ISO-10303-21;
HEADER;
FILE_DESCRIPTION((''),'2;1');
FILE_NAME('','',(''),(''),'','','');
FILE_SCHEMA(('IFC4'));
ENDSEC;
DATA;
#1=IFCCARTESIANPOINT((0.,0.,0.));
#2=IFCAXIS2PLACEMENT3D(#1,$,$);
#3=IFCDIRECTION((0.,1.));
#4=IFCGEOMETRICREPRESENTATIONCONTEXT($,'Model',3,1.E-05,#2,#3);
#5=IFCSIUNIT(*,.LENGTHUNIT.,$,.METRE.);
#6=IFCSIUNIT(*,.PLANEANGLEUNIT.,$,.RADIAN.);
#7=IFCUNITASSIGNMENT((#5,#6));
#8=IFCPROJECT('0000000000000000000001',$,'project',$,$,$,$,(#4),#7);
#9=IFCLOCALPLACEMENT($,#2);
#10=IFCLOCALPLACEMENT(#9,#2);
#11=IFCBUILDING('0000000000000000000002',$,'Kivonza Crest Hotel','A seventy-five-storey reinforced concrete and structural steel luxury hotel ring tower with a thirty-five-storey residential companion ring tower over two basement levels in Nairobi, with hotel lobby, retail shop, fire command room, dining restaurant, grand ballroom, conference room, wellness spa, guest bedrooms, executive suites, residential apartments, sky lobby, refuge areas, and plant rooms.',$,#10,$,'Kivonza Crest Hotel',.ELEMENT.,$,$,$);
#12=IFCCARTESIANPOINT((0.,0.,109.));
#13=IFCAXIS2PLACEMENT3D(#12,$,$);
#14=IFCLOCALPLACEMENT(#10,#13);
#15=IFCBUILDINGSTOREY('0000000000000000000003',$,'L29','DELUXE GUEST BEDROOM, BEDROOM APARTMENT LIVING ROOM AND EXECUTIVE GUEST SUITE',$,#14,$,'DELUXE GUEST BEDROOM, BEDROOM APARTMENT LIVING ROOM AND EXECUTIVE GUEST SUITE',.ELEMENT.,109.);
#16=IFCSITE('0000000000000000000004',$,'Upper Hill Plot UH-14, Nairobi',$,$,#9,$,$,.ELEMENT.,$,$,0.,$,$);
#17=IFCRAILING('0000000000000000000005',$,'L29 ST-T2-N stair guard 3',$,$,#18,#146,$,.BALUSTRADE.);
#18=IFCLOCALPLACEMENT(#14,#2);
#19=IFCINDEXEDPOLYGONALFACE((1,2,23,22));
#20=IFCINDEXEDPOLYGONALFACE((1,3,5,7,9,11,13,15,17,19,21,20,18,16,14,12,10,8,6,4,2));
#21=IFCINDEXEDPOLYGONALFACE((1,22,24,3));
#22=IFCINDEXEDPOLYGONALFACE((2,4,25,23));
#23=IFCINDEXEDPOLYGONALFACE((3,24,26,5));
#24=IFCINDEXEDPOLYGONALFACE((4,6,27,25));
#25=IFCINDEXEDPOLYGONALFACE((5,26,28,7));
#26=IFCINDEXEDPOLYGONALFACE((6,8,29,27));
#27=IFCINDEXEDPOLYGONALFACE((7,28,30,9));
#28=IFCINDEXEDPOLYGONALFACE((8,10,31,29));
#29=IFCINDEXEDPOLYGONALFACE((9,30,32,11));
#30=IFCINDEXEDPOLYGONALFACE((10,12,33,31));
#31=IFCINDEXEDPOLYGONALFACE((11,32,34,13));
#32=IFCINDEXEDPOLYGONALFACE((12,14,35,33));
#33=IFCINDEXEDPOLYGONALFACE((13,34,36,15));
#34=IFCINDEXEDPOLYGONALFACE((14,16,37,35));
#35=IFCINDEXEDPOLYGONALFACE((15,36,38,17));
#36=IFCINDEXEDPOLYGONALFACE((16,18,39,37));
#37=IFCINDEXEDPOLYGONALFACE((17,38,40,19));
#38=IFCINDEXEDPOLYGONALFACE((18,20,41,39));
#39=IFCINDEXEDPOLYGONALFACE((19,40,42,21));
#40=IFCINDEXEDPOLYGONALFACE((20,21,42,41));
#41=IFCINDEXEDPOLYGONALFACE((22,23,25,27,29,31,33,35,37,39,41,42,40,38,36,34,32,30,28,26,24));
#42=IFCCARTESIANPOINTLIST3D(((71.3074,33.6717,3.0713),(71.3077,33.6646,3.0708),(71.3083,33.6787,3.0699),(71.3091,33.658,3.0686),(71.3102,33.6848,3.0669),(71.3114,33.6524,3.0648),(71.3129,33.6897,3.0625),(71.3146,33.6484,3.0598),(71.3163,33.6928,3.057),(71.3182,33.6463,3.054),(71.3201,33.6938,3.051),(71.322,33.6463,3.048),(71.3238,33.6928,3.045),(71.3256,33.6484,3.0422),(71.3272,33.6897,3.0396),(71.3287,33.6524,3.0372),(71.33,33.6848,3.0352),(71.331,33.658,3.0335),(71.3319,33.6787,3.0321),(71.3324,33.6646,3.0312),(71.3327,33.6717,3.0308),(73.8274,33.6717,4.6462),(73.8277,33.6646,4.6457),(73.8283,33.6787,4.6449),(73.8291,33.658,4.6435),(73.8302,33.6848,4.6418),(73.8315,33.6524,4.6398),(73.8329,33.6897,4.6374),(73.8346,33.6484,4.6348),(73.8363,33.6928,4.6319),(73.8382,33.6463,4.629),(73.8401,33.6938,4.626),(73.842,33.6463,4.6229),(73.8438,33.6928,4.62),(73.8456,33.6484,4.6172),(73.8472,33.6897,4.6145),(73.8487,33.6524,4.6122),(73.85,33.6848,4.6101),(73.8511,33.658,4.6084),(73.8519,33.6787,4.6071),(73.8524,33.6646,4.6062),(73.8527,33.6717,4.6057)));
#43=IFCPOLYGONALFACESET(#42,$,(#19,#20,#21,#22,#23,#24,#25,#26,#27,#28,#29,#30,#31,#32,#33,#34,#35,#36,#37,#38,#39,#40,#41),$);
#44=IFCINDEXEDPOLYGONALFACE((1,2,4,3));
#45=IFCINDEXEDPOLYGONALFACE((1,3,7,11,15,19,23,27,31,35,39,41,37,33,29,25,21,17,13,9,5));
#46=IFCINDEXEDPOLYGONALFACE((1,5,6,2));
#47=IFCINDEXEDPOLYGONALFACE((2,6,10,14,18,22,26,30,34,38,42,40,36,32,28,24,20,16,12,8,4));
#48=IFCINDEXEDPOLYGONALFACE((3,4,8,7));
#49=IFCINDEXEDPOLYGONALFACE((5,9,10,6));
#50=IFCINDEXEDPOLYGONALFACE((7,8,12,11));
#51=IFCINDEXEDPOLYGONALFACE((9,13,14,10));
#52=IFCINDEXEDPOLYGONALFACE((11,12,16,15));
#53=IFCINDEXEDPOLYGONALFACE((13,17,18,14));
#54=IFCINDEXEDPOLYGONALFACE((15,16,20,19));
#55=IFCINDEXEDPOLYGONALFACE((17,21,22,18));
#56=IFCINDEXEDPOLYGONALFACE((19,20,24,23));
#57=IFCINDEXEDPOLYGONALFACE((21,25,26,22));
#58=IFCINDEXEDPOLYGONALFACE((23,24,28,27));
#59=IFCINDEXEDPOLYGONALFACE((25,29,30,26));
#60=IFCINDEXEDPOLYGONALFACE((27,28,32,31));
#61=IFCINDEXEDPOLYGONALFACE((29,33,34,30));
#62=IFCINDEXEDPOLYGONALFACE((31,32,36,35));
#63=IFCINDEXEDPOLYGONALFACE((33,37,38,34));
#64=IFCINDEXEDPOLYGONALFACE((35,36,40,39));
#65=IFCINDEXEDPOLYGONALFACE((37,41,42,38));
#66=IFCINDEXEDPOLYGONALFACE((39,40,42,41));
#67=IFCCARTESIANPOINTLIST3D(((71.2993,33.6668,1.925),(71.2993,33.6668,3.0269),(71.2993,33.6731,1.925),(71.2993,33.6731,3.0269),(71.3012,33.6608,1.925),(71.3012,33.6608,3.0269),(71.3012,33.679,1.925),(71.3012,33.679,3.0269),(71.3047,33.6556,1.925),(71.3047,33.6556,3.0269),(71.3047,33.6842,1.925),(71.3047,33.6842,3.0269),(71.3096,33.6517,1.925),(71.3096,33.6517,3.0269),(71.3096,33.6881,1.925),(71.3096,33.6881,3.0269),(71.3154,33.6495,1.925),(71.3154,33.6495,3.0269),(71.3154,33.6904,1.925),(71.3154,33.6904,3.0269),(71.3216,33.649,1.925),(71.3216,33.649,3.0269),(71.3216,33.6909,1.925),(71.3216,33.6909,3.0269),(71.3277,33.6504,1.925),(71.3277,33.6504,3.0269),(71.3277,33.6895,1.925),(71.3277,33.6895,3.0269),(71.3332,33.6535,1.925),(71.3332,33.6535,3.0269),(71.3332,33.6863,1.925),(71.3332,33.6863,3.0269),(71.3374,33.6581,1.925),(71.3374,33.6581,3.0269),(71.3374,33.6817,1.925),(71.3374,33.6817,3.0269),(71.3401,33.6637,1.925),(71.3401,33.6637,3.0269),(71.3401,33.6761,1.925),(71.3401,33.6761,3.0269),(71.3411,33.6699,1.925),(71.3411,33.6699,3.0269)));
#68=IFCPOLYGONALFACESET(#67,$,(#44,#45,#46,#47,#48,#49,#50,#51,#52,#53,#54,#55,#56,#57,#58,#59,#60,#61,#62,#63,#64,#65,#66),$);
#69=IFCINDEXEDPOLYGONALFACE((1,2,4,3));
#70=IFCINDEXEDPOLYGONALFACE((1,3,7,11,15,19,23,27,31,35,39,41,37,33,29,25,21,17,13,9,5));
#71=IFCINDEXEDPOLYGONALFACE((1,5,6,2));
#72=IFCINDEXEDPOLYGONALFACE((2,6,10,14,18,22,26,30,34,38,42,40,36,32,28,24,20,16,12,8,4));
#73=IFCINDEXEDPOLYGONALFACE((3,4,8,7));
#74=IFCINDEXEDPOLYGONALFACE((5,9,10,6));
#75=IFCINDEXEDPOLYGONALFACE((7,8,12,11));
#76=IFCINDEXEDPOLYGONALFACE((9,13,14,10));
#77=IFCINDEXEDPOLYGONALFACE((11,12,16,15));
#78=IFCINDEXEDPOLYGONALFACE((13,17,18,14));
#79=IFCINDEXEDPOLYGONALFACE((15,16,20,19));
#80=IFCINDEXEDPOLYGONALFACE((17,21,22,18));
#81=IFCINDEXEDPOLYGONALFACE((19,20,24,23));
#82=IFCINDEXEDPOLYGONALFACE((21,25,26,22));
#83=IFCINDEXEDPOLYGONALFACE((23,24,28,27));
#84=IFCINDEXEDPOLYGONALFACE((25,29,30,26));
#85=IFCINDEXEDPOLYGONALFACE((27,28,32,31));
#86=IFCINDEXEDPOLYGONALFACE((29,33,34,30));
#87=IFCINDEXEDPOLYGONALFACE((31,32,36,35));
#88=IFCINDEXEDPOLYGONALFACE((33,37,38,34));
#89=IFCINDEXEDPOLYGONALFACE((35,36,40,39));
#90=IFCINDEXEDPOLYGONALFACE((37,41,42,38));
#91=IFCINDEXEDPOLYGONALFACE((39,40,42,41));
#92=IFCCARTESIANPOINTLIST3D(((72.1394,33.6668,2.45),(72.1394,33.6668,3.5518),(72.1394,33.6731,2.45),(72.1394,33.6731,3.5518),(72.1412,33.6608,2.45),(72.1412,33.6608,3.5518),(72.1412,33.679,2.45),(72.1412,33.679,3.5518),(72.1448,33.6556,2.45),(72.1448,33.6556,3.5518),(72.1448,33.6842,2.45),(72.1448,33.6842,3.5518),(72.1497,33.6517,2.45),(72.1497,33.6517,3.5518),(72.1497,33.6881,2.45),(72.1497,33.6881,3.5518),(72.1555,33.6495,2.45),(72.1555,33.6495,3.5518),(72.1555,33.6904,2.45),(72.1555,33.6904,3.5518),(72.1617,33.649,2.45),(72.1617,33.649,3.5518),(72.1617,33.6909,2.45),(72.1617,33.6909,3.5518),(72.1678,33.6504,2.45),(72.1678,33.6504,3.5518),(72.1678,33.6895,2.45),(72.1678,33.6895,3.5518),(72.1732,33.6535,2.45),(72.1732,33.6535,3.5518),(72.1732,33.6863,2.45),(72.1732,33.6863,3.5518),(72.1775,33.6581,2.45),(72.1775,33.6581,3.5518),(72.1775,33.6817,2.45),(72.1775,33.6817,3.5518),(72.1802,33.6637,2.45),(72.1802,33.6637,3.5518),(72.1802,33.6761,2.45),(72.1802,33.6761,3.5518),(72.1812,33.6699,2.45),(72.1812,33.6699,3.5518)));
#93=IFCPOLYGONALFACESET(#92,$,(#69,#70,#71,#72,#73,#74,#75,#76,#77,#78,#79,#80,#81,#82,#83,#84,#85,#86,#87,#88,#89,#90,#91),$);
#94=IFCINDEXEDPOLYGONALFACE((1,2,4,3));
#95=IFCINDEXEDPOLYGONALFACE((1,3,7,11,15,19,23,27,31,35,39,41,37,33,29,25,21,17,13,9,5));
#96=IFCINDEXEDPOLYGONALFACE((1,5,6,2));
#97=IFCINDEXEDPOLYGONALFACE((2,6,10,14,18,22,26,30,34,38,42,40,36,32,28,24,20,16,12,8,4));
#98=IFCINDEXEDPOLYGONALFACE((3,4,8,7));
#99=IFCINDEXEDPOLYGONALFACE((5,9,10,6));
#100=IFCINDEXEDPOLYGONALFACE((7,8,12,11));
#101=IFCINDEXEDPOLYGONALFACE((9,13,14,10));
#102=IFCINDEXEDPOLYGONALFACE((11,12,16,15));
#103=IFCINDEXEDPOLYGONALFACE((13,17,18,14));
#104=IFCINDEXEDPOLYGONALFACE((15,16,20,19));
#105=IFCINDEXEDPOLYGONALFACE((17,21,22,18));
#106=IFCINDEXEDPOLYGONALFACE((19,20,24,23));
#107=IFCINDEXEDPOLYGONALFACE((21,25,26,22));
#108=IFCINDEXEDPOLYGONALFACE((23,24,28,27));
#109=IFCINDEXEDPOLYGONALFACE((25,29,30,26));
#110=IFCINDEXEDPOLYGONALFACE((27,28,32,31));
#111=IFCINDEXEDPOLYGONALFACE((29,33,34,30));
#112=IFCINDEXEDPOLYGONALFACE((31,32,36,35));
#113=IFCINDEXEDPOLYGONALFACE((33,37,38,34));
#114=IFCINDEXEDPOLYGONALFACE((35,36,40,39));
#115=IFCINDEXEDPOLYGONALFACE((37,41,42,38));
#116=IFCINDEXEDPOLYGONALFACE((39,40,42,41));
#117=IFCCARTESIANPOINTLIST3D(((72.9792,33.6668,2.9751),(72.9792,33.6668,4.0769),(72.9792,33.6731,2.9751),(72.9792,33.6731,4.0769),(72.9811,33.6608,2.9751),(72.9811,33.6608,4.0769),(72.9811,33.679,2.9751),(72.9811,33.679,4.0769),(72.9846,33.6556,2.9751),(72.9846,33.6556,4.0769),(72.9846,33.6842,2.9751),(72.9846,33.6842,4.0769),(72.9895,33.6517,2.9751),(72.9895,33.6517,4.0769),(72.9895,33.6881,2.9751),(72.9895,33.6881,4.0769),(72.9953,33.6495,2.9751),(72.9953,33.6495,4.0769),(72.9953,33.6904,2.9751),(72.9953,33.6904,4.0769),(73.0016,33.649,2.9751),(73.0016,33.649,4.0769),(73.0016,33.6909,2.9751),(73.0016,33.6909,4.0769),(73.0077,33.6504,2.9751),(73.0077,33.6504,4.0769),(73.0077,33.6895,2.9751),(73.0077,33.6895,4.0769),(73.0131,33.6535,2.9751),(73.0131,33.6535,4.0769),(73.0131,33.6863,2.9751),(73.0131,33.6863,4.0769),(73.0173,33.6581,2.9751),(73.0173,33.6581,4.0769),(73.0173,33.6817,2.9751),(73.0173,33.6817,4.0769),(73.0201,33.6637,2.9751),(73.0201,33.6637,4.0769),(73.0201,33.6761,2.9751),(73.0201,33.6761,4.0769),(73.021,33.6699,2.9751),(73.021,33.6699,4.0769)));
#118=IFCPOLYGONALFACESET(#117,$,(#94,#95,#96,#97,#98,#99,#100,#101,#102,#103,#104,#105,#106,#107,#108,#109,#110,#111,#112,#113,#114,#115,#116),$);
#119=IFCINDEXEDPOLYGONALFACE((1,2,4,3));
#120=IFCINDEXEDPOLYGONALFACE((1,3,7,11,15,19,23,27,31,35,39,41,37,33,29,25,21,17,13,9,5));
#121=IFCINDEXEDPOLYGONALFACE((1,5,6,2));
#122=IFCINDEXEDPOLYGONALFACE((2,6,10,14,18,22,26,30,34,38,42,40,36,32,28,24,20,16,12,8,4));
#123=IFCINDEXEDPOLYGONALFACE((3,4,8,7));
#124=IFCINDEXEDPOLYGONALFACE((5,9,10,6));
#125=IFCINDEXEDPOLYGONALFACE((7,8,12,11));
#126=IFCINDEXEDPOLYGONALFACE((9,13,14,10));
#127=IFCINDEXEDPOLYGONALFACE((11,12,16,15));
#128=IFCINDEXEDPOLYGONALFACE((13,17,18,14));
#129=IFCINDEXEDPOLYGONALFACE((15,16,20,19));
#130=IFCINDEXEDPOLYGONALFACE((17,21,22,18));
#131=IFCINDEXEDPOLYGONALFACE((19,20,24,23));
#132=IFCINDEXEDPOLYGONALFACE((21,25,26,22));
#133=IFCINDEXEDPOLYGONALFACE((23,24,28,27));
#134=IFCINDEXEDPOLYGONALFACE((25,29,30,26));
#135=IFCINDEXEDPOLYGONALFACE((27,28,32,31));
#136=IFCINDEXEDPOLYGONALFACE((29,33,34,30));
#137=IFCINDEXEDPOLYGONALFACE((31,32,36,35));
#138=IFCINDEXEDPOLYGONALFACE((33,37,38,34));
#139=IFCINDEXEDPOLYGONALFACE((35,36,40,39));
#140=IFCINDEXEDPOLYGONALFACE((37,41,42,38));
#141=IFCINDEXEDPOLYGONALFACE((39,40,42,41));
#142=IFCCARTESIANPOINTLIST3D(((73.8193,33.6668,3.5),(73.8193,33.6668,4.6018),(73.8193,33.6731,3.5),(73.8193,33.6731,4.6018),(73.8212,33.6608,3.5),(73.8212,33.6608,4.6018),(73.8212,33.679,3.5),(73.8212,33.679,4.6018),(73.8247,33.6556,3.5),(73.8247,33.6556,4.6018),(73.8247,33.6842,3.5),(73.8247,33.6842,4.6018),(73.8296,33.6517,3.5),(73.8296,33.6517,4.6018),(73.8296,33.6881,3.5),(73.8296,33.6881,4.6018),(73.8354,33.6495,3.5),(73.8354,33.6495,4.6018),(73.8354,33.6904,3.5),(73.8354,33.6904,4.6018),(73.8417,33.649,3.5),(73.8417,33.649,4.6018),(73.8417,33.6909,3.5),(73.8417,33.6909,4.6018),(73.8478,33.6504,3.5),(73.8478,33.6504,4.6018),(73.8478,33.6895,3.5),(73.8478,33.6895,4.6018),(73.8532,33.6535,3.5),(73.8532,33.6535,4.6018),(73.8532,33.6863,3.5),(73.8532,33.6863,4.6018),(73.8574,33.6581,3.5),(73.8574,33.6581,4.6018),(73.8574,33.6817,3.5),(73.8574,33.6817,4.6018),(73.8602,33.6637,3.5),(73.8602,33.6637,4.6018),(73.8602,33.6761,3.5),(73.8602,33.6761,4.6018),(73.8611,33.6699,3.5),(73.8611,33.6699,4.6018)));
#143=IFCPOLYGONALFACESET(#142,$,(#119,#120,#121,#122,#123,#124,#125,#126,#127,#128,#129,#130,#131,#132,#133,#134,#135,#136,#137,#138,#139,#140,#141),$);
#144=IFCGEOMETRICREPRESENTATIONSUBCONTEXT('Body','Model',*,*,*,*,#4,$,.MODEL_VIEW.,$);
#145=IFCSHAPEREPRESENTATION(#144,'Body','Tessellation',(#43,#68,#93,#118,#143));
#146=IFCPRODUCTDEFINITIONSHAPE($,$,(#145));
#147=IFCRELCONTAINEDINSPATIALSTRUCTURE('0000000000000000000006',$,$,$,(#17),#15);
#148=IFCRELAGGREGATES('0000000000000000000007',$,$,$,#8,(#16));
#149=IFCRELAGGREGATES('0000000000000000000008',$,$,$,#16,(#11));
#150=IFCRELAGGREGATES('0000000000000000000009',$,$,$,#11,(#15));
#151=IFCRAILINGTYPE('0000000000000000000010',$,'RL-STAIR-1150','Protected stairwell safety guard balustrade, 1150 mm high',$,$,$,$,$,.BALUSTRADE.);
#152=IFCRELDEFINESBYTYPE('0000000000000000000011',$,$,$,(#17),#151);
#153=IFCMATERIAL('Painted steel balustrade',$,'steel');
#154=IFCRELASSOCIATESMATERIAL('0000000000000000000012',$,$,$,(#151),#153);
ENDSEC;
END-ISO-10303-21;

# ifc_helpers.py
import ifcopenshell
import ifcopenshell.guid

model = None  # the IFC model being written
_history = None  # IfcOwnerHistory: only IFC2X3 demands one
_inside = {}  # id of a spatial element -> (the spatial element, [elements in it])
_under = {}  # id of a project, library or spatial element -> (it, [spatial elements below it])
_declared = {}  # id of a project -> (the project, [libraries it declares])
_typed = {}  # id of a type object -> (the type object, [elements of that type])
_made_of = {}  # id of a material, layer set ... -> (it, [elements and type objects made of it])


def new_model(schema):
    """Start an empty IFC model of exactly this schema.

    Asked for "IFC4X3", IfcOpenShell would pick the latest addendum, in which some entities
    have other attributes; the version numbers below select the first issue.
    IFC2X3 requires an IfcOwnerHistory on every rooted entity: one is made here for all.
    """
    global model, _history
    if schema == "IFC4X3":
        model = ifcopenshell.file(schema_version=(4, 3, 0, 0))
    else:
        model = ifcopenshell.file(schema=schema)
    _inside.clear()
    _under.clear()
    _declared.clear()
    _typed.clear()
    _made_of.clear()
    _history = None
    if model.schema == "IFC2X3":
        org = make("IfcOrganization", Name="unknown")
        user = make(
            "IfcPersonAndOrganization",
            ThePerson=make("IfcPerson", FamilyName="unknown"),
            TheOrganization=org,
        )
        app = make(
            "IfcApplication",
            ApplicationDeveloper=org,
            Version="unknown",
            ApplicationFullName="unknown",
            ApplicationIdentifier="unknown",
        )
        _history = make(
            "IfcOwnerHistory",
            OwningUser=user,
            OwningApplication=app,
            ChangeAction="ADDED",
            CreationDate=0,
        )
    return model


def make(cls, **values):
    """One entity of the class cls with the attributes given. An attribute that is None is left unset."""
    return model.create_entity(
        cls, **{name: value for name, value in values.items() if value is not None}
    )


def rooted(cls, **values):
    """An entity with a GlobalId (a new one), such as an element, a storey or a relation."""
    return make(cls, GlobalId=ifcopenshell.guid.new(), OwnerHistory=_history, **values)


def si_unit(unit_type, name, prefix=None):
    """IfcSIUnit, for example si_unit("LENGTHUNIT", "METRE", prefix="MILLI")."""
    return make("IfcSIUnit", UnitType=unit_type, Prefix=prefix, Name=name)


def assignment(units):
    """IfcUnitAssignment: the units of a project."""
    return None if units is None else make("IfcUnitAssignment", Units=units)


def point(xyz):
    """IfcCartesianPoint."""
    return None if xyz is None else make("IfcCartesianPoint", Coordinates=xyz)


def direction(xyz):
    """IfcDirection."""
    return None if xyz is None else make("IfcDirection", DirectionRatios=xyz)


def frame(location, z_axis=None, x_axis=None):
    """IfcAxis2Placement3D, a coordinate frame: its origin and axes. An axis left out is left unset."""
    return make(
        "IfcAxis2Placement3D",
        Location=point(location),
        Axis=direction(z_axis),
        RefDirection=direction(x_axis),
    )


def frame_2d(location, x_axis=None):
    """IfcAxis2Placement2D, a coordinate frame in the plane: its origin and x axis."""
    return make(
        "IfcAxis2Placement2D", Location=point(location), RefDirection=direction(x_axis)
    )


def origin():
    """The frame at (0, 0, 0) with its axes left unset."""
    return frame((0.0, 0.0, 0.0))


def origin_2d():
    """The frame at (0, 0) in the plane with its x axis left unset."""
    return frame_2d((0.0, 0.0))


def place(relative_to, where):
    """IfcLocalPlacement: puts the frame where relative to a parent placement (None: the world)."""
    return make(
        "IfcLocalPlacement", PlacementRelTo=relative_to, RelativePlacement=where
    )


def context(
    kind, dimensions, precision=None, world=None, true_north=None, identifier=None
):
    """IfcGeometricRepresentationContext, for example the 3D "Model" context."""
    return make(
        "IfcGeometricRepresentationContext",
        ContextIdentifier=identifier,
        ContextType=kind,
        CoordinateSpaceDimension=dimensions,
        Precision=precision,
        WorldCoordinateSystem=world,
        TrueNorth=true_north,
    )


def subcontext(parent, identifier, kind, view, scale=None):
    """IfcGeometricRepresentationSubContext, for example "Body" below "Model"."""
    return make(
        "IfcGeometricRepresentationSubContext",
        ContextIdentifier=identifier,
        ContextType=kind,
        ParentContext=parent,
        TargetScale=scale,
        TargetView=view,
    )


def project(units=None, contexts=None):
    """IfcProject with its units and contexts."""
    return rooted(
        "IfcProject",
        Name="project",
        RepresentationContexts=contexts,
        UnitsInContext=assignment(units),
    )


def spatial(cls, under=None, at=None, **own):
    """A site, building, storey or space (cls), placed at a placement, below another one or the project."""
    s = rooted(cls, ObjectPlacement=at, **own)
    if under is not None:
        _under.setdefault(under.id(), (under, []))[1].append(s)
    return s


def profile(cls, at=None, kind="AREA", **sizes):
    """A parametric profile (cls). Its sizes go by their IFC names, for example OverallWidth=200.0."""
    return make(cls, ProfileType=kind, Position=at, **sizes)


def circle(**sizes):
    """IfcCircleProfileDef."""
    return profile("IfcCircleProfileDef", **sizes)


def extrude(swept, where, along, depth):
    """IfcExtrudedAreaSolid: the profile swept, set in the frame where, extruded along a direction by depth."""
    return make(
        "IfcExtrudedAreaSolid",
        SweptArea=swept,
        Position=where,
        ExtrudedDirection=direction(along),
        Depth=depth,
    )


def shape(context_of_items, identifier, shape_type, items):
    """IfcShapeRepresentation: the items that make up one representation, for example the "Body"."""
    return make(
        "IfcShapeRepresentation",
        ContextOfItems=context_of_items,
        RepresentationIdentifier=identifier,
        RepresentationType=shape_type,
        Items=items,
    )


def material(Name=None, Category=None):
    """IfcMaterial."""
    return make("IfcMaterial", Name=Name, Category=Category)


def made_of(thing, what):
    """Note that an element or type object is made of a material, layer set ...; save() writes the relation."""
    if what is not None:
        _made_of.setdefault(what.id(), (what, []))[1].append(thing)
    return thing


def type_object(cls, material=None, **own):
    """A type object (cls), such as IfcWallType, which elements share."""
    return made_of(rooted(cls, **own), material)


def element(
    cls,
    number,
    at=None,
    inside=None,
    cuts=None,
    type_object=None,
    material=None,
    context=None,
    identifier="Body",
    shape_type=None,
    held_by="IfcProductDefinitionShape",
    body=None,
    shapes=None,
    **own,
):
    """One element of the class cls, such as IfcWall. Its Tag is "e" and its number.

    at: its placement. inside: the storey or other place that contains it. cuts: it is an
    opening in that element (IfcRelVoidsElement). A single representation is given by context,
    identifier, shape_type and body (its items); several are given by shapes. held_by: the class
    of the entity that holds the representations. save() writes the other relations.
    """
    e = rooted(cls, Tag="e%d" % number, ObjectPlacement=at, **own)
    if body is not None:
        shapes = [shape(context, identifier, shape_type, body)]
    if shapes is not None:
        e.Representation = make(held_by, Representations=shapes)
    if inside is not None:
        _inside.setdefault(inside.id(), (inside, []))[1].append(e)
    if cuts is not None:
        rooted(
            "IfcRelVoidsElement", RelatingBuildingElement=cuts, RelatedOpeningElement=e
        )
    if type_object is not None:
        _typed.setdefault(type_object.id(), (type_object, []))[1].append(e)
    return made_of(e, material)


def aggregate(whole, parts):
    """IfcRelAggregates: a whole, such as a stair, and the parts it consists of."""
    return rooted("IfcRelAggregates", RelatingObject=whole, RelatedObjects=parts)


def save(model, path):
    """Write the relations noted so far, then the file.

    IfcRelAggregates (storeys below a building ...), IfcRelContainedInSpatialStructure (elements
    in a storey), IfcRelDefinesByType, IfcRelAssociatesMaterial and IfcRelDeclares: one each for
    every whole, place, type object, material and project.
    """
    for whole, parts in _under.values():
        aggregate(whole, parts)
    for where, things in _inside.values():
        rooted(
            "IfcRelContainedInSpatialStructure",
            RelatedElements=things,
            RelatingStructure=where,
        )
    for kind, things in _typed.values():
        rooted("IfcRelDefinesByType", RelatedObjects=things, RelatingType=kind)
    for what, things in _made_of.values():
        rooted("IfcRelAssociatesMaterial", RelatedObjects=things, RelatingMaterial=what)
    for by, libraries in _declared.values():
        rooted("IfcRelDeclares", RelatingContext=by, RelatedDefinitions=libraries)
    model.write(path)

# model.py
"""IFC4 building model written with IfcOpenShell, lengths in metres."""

from ifc_helpers import new_model, si_unit, direction, frame, origin, origin_2d, place, context, subcontext, project, spatial, circle, extrude, material, type_object, element, save


model = new_model("IFC4")

# Units and contexts
model_context = context("Model", 3, precision=1e-05, world=origin(), true_north=direction((0.0, 1.0)))
body_context = subcontext(model_context, "Body", "Model", "MODEL_VIEW")
ifc_project = project(units=[si_unit("LENGTHUNIT", "METRE"), si_unit("PLANEANGLEUNIT", "RADIAN")], contexts=[model_context])

# Site, building, storey
site_placement = place(None, origin())
site = spatial("IfcSite", under=ifc_project, at=site_placement, Name="Upper Hill Plot UH-14, Nairobi", CompositionType="ELEMENT", RefElevation=0.0)
building_placement = place(site_placement, origin())
building = spatial("IfcBuilding", under=site, at=building_placement, Name="Kivonza Crest Hotel", Description="A seventy-five-storey reinforced concrete and structural steel luxury hotel ring tower with a thirty-five-storey residential companion ring tower over two basement levels in Nairobi, with hotel lobby, retail shop, fire command room, dining restaurant, grand ballroom, conference room, wellness spa, guest bedrooms, executive suites, residential apartments, sky lobby, refuge areas, and plant rooms.", LongName="Kivonza Crest Hotel", CompositionType="ELEMENT")
storey_placement = place(building_placement, frame((0.0, 0.0, 109.0)))
storey = spatial("IfcBuildingStorey", under=building, at=storey_placement, Name="L29", Description="DELUXE GUEST BEDROOM, BEDROOM APARTMENT LIVING ROOM AND EXECUTIVE GUEST SUITE", LongName="DELUXE GUEST BEDROOM, BEDROOM APARTMENT LIVING ROOM AND EXECUTIVE GUEST SUITE", CompositionType="ELEMENT", Elevation=109.0)

# Railing
ifc_material_1 = material(Name="Painted steel balustrade", Category="steel")
railing_type_1 = type_object("IfcRailingType", Name="RL-STAIR-1150", Description="Protected stairwell safety guard balustrade, 1150 mm high", PredefinedType="BALUSTRADE", material=ifc_material_1)
railing_1_placement = place(storey_placement, frame((71.3201, 33.6699, 1.925)))
element("IfcRailing", 1, at=railing_1_placement, inside=storey, type_object=railing_type_1, Name="L29 ST-T2-N stair guard 3", PredefinedType="BALUSTRADE", context=body_context, shape_type="SweptSolid", body=[
    extrude(circle(Radius=0.0239, at=origin_2d()), frame((0.0, 0.0, 1.126), z_axis=(0.848008, 0.0, 0.529984), x_axis=(0.0, 1.0, 0.0)), (0.0, 0.0, 1.0), 2.9717),
    extrude(circle(Radius=0.021, at=origin_2d()), origin(), (0.0, 0.0, 1.0), 1.1018),
    extrude(circle(Radius=0.021, at=origin_2d()), frame((0.8401, 0.0, 0.5249)), (0.0, 0.0, 1.0), 1.1018),
    extrude(circle(Radius=0.021, at=origin_2d()), frame((1.6799, 0.0, 1.05)), (0.0, 0.0, 1.0), 1.1018),
    extrude(circle(Radius=0.021, at=origin_2d()), frame((2.52, 0.0, 1.575)), (0.0, 0.0, 1.0), 1.1018),
])

save(model, "model.ifc")
